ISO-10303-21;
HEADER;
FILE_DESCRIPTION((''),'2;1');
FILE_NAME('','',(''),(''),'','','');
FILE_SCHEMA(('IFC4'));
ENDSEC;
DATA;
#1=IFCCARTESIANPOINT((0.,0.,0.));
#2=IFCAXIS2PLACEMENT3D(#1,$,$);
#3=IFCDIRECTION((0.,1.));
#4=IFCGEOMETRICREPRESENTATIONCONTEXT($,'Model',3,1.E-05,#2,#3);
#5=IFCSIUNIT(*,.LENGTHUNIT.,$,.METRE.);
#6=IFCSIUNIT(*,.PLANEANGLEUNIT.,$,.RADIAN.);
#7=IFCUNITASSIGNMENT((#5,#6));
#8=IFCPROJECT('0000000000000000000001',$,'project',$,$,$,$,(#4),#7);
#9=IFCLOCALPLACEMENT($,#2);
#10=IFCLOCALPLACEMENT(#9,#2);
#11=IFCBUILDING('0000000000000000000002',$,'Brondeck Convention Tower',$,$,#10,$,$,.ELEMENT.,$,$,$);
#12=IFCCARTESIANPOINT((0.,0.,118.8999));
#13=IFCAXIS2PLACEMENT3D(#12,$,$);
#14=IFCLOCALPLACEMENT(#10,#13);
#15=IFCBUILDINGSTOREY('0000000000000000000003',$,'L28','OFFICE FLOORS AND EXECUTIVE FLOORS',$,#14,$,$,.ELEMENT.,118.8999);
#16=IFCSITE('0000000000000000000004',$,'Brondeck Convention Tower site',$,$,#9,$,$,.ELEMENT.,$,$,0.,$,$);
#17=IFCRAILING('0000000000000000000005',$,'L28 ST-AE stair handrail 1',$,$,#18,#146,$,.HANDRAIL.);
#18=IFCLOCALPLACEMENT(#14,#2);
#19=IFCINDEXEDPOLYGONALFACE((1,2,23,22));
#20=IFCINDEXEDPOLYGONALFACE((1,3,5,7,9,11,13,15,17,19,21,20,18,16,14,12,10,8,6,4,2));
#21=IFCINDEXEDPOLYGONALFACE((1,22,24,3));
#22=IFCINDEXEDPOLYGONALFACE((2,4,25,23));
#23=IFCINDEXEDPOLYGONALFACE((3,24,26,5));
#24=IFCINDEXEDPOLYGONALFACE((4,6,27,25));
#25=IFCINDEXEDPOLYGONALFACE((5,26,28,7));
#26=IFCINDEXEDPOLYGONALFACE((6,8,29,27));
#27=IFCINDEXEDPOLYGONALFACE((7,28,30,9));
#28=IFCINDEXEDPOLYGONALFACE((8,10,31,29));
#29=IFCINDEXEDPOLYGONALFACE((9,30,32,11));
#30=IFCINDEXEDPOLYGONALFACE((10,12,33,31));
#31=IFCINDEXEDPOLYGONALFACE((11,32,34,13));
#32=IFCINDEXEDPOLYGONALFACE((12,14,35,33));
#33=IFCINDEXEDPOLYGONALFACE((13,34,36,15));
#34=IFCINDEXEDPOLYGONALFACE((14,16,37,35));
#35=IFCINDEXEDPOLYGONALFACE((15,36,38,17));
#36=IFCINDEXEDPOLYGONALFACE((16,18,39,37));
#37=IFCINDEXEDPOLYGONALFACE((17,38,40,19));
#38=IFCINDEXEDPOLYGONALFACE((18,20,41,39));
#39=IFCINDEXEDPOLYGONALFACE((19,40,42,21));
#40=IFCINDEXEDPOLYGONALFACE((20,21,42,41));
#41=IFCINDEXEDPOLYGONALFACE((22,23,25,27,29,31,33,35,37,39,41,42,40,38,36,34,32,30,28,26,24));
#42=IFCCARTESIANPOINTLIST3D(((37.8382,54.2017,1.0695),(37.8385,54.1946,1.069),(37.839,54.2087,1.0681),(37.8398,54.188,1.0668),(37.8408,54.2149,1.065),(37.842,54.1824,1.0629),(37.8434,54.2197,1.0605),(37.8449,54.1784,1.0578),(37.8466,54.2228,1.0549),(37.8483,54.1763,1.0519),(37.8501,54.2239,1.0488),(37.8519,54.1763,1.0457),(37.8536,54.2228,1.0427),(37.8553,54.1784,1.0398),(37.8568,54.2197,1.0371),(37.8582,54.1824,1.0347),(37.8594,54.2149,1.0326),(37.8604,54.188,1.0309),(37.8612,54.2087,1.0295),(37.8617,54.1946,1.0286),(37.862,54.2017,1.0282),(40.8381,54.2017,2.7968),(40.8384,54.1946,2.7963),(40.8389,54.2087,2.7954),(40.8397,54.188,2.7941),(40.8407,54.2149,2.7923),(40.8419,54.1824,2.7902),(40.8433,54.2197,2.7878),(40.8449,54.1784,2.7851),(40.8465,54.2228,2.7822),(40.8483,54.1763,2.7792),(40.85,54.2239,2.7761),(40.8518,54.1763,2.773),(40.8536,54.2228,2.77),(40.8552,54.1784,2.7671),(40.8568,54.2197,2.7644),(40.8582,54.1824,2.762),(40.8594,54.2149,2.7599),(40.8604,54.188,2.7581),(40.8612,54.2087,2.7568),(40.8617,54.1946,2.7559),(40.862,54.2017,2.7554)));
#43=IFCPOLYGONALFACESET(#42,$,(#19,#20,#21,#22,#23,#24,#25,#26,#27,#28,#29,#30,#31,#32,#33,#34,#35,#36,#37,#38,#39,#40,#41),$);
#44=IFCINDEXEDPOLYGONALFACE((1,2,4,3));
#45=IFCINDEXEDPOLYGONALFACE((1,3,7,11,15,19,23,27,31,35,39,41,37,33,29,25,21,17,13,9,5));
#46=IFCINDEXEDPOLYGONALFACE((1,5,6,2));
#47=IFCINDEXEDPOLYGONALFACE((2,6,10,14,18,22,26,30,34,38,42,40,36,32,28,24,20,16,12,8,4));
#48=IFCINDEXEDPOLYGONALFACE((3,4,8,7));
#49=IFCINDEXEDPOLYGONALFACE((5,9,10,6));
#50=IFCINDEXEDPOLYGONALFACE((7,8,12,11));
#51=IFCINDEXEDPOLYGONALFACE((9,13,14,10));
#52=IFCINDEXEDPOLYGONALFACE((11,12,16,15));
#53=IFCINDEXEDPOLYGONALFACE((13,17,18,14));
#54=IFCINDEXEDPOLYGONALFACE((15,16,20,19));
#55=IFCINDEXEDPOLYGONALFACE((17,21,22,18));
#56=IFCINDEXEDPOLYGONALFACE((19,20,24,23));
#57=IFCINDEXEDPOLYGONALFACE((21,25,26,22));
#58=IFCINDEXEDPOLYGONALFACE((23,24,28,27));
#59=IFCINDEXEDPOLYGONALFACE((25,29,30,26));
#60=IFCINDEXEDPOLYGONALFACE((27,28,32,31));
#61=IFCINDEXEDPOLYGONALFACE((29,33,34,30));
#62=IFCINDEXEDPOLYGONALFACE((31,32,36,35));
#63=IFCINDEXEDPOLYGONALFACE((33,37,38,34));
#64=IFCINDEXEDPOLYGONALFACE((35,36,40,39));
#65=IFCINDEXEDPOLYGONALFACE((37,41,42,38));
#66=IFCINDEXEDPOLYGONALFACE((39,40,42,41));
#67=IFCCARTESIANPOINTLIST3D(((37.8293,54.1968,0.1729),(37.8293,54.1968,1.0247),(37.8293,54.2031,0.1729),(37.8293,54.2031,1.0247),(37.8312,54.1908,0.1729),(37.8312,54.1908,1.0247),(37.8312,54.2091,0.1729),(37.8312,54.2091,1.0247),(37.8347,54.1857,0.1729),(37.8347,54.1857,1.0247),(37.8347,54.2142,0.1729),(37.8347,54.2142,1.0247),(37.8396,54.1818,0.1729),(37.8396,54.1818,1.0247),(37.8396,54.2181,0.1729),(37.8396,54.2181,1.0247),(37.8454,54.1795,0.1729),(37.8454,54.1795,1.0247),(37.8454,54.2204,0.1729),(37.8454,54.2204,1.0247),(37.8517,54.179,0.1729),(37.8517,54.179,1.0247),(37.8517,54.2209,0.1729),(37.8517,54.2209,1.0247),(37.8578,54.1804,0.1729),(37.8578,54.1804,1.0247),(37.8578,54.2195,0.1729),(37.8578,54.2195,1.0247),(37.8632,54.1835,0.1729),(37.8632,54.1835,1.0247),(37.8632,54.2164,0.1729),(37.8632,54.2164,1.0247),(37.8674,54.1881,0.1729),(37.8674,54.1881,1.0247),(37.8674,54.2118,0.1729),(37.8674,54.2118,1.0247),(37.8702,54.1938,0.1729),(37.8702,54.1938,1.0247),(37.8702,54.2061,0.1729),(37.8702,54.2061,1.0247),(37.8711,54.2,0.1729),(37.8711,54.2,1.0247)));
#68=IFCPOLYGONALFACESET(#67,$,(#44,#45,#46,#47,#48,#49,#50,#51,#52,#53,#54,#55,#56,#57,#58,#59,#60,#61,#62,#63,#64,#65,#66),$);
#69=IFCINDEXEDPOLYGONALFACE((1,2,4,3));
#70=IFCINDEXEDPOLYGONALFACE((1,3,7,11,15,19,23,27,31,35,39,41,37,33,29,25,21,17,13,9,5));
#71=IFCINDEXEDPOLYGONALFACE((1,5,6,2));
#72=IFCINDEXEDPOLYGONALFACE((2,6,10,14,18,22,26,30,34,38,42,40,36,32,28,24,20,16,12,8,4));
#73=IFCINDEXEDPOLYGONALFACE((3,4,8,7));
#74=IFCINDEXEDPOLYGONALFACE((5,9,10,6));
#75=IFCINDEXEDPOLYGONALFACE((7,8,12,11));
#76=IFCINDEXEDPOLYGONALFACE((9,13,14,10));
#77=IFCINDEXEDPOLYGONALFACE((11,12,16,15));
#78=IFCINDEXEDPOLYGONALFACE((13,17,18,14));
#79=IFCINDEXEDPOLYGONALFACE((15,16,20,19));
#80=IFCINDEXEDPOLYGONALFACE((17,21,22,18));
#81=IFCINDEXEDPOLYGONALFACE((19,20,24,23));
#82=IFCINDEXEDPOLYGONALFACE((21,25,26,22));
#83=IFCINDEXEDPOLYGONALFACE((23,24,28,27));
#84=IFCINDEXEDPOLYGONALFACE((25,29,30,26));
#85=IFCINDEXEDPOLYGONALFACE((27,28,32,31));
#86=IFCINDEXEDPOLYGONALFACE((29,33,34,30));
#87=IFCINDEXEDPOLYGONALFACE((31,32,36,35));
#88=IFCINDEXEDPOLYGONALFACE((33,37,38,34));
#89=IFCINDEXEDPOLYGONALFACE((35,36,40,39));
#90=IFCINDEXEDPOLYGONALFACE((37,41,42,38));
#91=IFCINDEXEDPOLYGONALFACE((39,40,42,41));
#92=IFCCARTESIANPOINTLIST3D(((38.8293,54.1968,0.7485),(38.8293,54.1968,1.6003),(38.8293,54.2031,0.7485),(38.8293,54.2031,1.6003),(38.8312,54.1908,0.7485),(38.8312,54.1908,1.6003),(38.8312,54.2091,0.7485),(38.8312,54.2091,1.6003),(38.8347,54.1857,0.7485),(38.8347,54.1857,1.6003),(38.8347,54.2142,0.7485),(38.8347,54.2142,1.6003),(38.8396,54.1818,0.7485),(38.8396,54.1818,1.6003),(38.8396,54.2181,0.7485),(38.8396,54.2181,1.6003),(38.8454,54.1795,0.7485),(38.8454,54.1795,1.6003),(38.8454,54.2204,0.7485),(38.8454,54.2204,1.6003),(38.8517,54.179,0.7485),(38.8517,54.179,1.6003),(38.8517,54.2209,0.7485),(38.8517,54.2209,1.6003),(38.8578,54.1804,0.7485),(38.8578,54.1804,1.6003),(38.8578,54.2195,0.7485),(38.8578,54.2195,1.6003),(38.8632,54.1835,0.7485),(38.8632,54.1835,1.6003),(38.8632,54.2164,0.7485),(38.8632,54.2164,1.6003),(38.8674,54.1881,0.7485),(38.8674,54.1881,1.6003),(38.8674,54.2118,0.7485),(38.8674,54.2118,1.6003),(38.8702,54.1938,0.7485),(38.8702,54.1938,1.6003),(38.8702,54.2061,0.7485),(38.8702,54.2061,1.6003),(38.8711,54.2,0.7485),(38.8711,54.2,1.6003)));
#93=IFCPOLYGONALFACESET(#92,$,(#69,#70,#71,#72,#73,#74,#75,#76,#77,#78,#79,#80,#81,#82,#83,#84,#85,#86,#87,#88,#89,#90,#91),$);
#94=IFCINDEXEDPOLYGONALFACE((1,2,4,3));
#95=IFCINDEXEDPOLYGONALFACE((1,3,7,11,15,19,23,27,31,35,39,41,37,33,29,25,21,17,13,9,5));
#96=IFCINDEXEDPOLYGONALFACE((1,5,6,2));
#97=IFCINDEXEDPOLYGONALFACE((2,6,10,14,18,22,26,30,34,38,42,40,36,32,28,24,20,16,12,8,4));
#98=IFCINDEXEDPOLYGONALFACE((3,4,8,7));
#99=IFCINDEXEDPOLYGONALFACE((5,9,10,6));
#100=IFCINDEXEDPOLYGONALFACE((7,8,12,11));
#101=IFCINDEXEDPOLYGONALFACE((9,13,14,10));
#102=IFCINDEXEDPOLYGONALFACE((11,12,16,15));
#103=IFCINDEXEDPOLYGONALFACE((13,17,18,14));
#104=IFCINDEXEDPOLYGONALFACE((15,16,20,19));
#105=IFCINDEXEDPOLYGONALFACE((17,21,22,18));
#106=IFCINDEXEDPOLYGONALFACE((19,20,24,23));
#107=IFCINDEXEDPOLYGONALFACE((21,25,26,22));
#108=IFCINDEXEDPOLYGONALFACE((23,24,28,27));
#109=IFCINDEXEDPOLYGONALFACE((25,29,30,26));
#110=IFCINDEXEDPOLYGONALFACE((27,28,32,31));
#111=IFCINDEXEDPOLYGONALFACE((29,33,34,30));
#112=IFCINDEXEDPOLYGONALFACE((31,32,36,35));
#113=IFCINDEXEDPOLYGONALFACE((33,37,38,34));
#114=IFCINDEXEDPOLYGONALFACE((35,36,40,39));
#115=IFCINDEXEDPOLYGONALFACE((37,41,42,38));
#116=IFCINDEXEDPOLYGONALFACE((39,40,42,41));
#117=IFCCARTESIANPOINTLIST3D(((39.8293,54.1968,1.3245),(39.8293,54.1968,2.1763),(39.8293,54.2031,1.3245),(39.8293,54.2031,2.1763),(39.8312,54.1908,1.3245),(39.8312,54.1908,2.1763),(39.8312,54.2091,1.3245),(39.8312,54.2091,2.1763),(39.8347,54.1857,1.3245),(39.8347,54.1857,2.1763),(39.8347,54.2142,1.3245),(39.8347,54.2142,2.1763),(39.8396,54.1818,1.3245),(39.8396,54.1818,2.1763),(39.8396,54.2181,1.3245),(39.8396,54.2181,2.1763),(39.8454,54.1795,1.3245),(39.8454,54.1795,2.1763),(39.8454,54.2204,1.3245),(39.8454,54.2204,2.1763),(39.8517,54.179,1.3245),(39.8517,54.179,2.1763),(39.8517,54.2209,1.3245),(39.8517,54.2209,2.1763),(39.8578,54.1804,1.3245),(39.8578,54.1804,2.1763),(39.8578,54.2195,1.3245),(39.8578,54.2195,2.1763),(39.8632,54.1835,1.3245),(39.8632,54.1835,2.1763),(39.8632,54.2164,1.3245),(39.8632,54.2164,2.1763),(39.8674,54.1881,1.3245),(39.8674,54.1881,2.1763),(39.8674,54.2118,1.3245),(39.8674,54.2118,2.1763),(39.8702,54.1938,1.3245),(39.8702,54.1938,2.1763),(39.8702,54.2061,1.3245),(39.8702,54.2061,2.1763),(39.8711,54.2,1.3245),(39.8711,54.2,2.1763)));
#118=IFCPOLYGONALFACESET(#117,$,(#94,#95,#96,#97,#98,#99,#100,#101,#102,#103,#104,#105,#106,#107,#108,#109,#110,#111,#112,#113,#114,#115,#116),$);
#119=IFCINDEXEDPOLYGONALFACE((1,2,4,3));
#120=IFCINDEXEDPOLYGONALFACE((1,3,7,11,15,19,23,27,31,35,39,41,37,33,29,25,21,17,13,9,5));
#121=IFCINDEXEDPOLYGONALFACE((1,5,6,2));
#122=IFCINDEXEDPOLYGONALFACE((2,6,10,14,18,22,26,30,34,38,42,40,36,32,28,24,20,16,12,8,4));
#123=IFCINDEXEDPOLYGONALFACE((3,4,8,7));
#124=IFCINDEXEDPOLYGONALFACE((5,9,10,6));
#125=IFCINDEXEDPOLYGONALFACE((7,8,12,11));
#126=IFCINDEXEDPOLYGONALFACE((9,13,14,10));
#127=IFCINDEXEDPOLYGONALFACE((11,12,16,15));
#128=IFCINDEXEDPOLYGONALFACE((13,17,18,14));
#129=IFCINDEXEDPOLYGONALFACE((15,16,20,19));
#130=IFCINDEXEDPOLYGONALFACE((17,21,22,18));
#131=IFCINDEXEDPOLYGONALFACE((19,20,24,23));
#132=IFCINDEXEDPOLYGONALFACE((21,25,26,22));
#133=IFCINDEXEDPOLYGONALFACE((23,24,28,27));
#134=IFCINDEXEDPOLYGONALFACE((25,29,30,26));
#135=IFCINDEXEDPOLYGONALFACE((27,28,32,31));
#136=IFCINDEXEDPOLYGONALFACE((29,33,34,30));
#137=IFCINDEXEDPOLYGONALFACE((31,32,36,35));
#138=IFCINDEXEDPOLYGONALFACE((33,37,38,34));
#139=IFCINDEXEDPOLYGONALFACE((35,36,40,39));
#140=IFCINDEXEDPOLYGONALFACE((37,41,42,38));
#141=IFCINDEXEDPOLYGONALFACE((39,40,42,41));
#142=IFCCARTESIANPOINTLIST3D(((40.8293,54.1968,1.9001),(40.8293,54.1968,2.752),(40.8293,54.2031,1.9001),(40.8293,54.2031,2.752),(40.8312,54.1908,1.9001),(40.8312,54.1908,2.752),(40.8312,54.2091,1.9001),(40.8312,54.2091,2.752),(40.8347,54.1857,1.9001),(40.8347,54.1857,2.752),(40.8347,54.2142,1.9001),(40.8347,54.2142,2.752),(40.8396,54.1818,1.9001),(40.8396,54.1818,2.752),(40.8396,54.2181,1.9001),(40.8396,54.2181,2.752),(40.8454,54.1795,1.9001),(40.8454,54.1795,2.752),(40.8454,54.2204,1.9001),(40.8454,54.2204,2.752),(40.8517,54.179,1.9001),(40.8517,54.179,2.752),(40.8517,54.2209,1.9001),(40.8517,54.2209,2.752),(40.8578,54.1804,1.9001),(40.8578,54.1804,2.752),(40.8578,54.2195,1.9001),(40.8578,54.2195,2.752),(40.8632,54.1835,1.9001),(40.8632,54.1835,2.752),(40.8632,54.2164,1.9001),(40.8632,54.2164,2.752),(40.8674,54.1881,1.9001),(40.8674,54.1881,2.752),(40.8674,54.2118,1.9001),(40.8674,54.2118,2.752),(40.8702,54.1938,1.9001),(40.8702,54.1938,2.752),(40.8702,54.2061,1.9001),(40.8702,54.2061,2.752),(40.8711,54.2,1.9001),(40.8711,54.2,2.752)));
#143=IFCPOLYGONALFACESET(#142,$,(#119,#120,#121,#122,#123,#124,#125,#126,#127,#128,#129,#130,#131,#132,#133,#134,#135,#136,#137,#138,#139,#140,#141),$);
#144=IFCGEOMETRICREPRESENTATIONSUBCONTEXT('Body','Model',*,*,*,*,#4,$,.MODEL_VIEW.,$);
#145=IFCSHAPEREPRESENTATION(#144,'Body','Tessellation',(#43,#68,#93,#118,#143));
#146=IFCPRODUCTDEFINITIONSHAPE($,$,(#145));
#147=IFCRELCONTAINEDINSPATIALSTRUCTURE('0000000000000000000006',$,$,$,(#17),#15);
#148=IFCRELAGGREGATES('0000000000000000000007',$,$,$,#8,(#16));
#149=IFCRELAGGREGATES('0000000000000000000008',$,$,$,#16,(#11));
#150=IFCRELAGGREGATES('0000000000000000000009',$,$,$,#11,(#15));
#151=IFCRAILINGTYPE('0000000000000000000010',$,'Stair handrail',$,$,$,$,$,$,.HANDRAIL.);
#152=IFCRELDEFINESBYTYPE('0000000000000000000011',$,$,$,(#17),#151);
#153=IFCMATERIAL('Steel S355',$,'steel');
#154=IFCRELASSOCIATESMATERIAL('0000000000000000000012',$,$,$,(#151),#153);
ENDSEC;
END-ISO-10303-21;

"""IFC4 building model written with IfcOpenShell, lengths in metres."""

from ifc_helpers import new_model, si_unit, direction, frame, origin, origin_2d, place, context, subcontext, project, spatial, circle, extrude, material, type_object, element, save


model = new_model("IFC4")

# Units and contexts
model_context = context("Model", 3, precision=1e-05, world=origin(), true_north=direction((0.0, 1.0)))
body_context = subcontext(model_context, "Body", "Model", "MODEL_VIEW")
ifc_project = project(units=[si_unit("LENGTHUNIT", "METRE"), si_unit("PLANEANGLEUNIT", "RADIAN")], contexts=[model_context])

# Site, building, storey
site_placement = place(None, origin())
site = spatial("IfcSite", under=ifc_project, at=site_placement, Name="Brondeck Convention Tower site", CompositionType="ELEMENT", RefElevation=0.0)
building_placement = place(site_placement, origin())
building = spatial("IfcBuilding", under=site, at=building_placement, Name="Brondeck Convention Tower", CompositionType="ELEMENT")
storey_placement = place(building_placement, frame((0.0, 0.0, 118.8999)))
storey = spatial("IfcBuildingStorey", under=building, at=storey_placement, Name="L28", Description="OFFICE FLOORS AND EXECUTIVE FLOORS", CompositionType="ELEMENT", Elevation=118.8999)

# Shared definitions
ifc_material_1 = material(Name="Steel S355", Category="steel")

# Railing
railing_type_1 = type_object("IfcRailingType", Name="Stair handrail", PredefinedType="HANDRAIL", material=ifc_material_1)
railing_1_placement = place(storey_placement, frame((37.8501, 54.2, 0.1729)))
element("IfcRailing", 1, at=railing_1_placement, inside=storey, type_object=railing_type_1, Name="L28 ST-AE stair handrail 1", PredefinedType="HANDRAIL", context=body_context, shape_type="SweptSolid", body=[
    extrude(circle(Radius=0.0239, at=origin_2d()), frame((0.0, 0.0, 0.876), z_axis=(0.86662, 0.0, 0.498969), x_axis=(0.0, 1.0, 0.0)), (0.0, 0.0, 1.0), 3.4617),
    extrude(circle(Radius=0.021, at=origin_2d()), origin(), (0.0, 0.0, 1.0), 0.8518),
    extrude(circle(Radius=0.021, at=origin_2d()), frame((1.0, 0.0, 0.5757)), (0.0, 0.0, 1.0), 0.8518),
    extrude(circle(Radius=0.021, at=origin_2d()), frame((2.0, 0.0, 1.1516)), (0.0, 0.0, 1.0), 0.8518),
    extrude(circle(Radius=0.021, at=origin_2d()), frame((3.0, 0.0, 1.7273)), (0.0, 0.0, 1.0), 0.8518),
])

save(model, "model.ifc")
